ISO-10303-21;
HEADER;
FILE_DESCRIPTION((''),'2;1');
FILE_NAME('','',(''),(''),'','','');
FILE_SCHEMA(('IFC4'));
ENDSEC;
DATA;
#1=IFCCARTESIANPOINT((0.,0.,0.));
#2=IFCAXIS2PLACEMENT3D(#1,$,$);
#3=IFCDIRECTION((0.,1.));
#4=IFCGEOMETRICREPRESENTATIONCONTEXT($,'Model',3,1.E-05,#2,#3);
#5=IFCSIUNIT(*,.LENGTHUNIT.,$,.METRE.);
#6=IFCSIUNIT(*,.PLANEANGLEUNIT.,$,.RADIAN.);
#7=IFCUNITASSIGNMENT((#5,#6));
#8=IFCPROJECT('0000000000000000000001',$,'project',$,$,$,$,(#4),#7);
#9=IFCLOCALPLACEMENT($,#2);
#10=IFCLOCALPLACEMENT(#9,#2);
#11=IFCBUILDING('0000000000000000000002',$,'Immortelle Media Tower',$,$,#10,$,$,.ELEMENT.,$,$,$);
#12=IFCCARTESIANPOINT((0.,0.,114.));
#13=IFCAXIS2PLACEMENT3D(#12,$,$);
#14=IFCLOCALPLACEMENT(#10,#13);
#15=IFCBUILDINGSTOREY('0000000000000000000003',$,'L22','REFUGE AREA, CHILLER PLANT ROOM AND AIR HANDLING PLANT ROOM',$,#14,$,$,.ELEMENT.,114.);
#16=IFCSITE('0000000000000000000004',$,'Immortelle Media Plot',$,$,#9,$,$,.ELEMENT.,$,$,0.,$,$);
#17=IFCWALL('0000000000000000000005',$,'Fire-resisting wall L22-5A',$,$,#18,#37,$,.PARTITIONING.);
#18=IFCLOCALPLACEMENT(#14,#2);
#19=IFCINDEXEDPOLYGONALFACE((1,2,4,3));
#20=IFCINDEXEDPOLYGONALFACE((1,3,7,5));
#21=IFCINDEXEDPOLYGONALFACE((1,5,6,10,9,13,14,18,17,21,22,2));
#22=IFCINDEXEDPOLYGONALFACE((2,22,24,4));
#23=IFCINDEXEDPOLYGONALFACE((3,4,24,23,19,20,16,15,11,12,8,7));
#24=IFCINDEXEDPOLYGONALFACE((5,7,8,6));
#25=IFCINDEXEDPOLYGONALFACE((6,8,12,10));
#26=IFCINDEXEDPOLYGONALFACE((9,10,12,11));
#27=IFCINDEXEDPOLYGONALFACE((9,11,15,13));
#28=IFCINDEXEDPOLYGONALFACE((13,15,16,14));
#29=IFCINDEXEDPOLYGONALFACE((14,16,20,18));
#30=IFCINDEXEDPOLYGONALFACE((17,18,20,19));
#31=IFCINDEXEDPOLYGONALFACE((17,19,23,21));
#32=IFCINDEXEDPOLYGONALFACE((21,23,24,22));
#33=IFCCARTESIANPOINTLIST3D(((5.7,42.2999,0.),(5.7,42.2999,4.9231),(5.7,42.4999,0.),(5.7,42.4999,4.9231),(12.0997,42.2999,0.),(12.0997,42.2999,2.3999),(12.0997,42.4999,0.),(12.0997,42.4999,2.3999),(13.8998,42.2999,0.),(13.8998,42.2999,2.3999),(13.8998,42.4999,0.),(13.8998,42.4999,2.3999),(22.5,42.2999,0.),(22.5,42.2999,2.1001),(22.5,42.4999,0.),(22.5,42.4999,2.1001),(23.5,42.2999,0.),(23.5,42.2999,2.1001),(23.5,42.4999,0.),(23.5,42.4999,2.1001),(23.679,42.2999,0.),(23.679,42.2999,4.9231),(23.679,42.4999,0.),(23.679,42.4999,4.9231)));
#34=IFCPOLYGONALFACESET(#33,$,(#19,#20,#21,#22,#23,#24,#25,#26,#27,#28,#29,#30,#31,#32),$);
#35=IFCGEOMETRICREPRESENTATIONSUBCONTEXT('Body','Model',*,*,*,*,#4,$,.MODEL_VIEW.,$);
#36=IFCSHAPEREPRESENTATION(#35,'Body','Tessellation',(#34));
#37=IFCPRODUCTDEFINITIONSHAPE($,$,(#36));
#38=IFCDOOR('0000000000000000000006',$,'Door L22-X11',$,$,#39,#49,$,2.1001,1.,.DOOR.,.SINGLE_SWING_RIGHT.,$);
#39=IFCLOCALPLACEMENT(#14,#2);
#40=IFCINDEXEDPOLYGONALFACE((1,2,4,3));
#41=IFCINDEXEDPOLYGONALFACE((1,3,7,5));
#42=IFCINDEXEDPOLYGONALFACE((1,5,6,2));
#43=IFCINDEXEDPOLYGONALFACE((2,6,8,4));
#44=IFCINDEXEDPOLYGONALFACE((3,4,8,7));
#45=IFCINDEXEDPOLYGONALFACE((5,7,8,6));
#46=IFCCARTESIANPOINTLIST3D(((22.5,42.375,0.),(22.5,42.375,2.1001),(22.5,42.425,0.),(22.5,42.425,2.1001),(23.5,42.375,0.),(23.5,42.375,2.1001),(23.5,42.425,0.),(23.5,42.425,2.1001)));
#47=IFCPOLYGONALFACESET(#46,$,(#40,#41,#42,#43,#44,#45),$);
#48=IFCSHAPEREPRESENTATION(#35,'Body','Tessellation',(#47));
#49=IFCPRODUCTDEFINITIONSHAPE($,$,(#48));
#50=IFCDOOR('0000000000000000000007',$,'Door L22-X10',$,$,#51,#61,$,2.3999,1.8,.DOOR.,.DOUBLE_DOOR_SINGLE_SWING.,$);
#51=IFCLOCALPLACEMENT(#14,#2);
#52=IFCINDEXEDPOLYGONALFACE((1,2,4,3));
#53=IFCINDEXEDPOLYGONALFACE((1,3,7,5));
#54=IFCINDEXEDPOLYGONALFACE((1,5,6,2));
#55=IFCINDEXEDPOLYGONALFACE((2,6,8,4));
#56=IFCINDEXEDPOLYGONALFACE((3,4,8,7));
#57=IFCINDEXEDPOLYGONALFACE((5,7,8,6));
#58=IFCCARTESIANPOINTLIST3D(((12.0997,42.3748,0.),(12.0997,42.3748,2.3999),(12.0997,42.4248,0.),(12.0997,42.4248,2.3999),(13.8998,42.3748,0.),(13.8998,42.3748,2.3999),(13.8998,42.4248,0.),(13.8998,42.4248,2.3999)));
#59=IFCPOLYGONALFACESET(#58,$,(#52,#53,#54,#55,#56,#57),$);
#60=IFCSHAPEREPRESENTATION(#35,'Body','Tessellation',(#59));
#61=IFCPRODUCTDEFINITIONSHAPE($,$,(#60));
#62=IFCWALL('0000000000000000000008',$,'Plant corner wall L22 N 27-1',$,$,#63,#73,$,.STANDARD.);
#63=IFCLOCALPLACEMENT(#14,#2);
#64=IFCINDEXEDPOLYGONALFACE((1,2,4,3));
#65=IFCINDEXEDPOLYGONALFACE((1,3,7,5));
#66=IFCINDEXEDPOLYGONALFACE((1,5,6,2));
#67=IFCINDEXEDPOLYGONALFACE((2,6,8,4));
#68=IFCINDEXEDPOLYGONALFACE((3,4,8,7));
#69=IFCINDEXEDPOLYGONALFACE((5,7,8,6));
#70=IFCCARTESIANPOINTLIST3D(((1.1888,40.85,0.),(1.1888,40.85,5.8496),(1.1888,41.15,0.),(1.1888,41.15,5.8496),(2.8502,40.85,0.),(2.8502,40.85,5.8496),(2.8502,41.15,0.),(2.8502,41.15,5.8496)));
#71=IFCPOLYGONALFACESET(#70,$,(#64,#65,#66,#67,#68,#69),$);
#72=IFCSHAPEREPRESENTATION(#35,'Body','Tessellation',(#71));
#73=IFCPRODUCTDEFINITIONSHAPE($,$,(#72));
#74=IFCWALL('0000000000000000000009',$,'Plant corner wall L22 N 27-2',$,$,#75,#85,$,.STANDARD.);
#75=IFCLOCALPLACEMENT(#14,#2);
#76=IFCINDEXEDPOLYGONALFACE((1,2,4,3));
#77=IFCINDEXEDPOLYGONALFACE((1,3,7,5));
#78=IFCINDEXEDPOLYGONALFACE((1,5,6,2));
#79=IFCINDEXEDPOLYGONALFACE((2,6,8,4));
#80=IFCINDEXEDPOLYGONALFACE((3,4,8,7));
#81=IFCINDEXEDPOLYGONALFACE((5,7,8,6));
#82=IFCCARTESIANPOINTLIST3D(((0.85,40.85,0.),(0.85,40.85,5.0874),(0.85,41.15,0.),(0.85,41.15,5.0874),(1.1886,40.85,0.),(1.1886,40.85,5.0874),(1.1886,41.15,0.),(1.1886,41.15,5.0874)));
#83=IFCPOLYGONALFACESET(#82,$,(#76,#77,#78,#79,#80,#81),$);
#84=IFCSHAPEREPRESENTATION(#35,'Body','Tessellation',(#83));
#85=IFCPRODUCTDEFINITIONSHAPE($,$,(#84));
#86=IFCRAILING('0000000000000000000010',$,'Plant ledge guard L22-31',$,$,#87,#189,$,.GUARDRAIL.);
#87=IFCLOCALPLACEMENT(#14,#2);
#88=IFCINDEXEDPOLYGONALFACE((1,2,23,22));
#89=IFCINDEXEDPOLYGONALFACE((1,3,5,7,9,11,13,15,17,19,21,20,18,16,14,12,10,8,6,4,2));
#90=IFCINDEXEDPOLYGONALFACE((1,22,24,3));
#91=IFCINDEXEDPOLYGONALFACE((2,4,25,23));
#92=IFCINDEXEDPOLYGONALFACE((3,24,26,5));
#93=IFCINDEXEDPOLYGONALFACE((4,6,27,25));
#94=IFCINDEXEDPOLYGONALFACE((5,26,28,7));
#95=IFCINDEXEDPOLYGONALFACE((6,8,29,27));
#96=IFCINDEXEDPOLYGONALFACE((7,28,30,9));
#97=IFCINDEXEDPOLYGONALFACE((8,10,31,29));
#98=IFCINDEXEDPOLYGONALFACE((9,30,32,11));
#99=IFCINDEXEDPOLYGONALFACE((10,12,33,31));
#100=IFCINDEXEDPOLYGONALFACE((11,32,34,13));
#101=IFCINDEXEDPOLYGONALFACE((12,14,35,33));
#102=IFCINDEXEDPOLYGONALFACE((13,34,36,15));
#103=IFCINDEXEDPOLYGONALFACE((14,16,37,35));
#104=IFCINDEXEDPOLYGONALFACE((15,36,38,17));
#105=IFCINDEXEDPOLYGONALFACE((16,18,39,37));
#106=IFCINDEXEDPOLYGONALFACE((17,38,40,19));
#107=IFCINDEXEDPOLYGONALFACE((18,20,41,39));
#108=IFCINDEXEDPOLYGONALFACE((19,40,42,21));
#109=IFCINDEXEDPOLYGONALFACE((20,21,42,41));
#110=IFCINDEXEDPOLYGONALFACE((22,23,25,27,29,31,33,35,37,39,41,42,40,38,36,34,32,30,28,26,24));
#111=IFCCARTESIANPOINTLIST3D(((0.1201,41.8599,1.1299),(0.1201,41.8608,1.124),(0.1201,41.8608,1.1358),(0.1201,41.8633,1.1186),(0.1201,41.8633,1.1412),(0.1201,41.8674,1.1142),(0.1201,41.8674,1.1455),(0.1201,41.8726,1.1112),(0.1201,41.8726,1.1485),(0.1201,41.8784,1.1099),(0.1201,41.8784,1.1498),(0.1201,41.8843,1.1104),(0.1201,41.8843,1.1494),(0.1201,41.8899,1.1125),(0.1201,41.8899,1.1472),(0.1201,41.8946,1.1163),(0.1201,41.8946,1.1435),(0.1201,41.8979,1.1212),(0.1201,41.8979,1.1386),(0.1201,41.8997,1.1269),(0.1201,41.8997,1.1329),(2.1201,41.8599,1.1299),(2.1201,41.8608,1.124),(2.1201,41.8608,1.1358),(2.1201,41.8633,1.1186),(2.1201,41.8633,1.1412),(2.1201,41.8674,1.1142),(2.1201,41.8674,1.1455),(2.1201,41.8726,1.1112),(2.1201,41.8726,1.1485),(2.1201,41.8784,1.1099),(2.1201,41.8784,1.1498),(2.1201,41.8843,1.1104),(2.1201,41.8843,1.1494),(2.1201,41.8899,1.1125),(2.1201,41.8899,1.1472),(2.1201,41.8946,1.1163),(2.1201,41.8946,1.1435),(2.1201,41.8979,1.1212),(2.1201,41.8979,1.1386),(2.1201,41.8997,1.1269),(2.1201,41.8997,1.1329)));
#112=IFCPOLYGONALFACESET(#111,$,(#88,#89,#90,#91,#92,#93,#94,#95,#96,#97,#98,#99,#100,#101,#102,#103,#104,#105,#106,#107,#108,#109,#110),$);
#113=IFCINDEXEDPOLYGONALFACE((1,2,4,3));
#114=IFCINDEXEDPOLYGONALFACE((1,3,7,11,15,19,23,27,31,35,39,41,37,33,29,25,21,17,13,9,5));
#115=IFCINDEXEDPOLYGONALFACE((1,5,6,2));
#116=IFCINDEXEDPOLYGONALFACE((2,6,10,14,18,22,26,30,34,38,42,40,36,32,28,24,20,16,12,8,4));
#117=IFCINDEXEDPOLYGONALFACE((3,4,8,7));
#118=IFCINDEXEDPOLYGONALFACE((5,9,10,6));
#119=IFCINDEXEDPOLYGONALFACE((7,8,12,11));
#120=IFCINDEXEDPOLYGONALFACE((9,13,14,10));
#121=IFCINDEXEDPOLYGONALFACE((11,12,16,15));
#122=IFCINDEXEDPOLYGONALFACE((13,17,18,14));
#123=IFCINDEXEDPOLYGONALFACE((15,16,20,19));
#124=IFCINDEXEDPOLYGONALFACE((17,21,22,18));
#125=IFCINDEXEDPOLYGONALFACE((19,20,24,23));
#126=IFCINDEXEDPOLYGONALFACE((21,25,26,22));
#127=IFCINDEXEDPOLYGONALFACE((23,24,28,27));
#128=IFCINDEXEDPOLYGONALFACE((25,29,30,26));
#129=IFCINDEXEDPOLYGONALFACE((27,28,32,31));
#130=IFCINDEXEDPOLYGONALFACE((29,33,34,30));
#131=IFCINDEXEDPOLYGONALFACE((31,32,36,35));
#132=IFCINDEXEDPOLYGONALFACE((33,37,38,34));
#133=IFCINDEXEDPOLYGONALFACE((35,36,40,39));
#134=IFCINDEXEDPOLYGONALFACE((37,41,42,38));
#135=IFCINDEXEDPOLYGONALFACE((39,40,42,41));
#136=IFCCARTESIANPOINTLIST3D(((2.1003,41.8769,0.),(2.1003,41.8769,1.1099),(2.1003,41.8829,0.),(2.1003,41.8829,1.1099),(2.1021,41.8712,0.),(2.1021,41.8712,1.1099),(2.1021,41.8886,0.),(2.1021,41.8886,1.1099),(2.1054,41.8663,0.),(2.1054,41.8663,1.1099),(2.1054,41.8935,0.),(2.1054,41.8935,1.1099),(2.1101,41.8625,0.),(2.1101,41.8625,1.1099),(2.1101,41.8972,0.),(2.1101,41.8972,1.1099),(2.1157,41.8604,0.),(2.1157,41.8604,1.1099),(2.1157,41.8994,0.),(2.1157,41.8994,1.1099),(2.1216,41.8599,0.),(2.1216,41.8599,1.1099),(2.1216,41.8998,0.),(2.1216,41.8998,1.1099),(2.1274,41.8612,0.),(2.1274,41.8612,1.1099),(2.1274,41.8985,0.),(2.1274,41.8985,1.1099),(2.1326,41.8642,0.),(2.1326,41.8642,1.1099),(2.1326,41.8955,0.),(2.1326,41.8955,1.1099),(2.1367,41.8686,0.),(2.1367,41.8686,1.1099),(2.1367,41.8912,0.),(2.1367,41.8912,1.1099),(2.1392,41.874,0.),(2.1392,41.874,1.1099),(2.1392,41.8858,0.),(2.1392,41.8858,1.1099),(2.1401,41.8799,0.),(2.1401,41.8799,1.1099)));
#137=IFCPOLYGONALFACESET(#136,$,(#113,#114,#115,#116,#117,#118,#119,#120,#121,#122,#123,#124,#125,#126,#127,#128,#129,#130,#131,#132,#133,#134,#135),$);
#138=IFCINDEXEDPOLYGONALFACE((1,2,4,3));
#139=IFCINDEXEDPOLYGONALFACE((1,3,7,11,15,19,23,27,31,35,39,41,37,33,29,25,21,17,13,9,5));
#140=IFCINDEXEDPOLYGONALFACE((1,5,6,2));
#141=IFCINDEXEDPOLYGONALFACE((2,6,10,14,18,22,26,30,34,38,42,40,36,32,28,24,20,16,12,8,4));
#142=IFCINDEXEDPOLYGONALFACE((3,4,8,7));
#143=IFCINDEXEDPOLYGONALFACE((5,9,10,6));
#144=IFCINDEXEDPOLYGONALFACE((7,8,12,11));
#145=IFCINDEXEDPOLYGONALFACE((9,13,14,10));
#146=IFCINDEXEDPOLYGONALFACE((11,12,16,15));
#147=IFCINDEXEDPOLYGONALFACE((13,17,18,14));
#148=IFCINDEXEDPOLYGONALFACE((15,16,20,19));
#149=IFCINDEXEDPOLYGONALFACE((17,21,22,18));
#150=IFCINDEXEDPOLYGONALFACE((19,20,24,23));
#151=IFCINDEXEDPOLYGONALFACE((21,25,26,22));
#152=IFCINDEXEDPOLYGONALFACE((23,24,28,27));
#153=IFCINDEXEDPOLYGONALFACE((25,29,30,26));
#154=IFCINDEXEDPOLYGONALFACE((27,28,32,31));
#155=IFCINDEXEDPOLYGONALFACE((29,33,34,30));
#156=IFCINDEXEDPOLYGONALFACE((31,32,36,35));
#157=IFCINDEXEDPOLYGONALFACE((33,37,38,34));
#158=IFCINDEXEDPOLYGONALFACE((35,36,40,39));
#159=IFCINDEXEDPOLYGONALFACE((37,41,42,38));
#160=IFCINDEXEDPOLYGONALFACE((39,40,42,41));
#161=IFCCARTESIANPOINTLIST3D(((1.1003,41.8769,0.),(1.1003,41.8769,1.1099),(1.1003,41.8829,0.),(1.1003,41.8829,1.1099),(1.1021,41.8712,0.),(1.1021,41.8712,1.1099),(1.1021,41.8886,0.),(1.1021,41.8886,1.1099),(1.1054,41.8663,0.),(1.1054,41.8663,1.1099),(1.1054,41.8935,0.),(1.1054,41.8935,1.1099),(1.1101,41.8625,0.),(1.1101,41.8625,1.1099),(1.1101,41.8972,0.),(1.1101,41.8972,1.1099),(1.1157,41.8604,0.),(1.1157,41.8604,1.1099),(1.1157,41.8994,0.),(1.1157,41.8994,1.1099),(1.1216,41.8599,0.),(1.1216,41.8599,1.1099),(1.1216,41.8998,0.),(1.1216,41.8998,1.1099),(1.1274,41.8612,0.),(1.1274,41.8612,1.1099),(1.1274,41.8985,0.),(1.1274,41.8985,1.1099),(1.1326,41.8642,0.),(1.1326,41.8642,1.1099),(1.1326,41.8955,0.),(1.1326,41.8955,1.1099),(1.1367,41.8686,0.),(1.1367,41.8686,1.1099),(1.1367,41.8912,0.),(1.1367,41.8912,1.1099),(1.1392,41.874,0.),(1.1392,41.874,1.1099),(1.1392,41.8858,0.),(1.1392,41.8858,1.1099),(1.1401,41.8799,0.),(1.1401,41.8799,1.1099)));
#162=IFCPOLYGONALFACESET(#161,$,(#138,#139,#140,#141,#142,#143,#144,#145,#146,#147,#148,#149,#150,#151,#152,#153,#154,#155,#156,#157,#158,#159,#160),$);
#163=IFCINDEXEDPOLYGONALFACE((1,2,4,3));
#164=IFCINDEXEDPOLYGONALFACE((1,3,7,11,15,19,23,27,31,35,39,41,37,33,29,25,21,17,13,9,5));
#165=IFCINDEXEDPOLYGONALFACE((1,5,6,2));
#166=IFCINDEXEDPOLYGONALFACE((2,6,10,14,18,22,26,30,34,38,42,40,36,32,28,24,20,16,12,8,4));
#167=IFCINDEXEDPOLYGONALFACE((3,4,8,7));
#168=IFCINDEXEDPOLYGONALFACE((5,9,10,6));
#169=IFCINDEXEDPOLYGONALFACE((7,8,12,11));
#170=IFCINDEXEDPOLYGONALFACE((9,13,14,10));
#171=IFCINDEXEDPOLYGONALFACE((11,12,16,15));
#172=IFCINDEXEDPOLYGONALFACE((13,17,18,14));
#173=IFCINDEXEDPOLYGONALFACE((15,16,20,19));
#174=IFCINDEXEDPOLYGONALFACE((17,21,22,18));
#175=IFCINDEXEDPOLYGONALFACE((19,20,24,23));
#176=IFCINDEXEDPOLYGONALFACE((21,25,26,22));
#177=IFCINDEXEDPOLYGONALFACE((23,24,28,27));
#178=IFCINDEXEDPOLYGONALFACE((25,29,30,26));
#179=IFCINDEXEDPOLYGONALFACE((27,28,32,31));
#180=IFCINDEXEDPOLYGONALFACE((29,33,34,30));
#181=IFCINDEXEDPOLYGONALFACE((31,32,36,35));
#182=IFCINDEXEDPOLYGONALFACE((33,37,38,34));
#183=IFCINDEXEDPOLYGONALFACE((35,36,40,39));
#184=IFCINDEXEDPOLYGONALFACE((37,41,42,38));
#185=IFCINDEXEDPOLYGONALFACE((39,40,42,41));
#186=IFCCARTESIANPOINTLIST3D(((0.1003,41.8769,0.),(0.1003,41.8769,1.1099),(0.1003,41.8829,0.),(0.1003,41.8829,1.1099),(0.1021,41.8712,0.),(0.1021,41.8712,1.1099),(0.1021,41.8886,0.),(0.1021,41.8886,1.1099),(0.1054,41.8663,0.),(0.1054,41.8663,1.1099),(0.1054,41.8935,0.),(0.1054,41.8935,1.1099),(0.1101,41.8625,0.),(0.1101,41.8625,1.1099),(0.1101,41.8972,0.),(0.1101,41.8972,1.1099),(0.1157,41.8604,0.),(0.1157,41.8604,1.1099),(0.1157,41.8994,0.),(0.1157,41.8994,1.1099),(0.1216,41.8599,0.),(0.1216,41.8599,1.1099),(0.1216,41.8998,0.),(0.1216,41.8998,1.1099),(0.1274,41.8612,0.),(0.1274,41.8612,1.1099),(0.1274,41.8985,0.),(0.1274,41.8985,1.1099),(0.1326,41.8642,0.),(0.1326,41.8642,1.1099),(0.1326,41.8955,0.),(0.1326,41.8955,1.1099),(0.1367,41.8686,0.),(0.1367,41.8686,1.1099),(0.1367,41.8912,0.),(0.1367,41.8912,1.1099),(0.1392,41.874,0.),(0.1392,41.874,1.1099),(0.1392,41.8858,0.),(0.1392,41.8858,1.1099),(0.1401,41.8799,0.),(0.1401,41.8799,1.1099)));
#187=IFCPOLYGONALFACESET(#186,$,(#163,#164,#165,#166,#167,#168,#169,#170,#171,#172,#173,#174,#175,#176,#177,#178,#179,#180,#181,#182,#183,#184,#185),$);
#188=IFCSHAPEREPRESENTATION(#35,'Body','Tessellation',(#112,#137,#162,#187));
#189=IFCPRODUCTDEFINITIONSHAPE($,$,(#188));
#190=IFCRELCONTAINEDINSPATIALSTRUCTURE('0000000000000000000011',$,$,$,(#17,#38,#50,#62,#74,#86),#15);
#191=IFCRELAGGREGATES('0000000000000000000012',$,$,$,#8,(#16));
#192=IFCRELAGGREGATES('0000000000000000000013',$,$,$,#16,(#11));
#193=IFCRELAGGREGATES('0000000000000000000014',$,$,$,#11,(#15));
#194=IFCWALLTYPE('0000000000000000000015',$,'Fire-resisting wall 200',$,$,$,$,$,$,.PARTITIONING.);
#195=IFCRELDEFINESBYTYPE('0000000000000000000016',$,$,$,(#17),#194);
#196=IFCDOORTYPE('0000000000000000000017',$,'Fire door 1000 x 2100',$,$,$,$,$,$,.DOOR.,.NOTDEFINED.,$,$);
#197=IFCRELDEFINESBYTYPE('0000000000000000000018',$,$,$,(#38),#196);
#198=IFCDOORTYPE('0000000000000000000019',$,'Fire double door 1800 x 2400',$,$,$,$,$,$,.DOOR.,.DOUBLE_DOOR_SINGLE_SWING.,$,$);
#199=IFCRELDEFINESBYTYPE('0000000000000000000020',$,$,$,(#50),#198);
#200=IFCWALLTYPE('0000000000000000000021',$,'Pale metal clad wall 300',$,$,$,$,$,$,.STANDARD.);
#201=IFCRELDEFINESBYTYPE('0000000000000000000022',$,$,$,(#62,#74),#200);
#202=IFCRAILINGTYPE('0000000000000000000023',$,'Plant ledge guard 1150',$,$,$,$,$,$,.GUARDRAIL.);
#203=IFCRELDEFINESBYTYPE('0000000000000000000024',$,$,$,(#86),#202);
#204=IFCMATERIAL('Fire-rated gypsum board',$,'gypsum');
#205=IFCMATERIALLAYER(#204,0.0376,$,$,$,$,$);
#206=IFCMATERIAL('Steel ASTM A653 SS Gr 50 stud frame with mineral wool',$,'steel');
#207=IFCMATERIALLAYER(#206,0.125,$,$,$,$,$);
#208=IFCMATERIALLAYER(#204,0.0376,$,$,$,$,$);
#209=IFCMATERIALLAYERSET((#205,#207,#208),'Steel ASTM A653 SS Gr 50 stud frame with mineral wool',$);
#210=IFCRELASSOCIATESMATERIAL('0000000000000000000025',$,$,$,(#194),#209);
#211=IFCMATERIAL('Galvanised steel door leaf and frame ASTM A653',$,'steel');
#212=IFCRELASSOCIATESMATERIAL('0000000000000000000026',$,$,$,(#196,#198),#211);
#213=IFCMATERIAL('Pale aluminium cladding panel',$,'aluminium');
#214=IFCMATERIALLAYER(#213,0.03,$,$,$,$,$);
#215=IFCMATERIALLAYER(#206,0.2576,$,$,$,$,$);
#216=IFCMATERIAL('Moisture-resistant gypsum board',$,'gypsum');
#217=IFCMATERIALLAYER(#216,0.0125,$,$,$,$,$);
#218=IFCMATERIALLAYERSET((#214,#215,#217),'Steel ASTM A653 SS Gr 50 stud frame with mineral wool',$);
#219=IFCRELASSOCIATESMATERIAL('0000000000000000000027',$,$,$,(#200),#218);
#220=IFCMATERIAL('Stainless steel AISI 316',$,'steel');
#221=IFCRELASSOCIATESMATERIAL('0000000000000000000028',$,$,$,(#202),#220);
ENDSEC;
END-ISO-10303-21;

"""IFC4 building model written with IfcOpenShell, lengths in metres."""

from ifc_helpers import new_model, si_unit, direction, frame, frame_2d, origin, origin_2d, place, context, subcontext, project, spatial, rectangle, circle, extrude, material, layer, layer_set, type_object, element, fill, save


model = new_model("IFC4")

# Units and contexts
model_context = context("Model", 3, precision=1e-05, world=origin(), true_north=direction((0.0, 1.0)))
body_context = subcontext(model_context, "Body", "Model", "MODEL_VIEW")
ifc_project = project(units=[si_unit("LENGTHUNIT", "METRE"), si_unit("PLANEANGLEUNIT", "RADIAN")], contexts=[model_context])

# Site, building, storey
site_placement = place(None, origin())
site = spatial("IfcSite", under=ifc_project, at=site_placement, Name="Immortelle Media Plot", CompositionType="ELEMENT", RefElevation=0.0)
building_placement = place(site_placement, origin())
building = spatial("IfcBuilding", under=site, at=building_placement, Name="Immortelle Media Tower", CompositionType="ELEMENT")
storey_placement = place(building_placement, frame((0.0, 0.0, 114.0)))
storey = spatial("IfcBuildingStorey", under=building, at=storey_placement, Name="L22", Description="REFUGE AREA, CHILLER PLANT ROOM AND AIR HANDLING PLANT ROOM", CompositionType="ELEMENT", Elevation=114.0)

# Wall, openings, doors
ifc_material_1 = material(Name="Fire-rated gypsum board", Category="gypsum")
ifc_layer_1 = layer(ifc_material_1, 0.0376)
ifc_material_2 = material(Name="Steel ASTM A653 SS Gr 50 stud frame with mineral wool", Category="steel")
ifc_layer_2 = layer(ifc_material_2, 0.125)
ifc_layer_3 = layer(ifc_material_1, 0.0376)
ifc_layer_set_1 = layer_set([ifc_layer_1, ifc_layer_2, ifc_layer_3], Name="Steel ASTM A653 SS Gr 50 stud frame with mineral wool")
wall_type_1 = type_object("IfcWallType", Name="Fire-resisting wall 200", PredefinedType="PARTITIONING", material=ifc_layer_set_1)
wall_1_placement = place(storey_placement, frame((5.7, 42.3999, 0.0), z_axis=(0.0, 0.0, 1.0), x_axis=(1.0, 0.0, 0.0)))
wall_1 = element("IfcWall", 1, at=wall_1_placement, inside=storey, type_object=wall_type_1, Name="Fire-resisting wall L22-5A", PredefinedType="PARTITIONING", context=body_context, shape_type="SweptSolid", body=[
    extrude(rectangle(XDim=17.979, YDim=0.2, at=frame_2d((8.9895, 0.0))), origin(), (0.0, 0.0, 1.0), 4.9231),
])
opening_1_placement = place(wall_1_placement, frame((6.3999, 0.0, 0.0)))
opening_1 = element("IfcOpeningElement", 2, at=opening_1_placement, cuts=wall_1, PredefinedType="OPENING", context=body_context, shape_type="SweptSolid", body=[
    extrude(rectangle(XDim=1.8, YDim=2.3999, at=frame_2d((0.8999, 1.2))), frame((0.0, 0.1099, 0.0), z_axis=(0.0, -1.0, 0.0), x_axis=(1.0, 0.0, 0.0)), (0.0, 0.0, 1.0), 0.22),
])
opening_2_placement = place(wall_1_placement, frame((17.8, 0.0, 0.0), z_axis=(0.0, 0.0, 1.0), x_axis=(-1.0, 0.0, 0.0)))
opening_2 = element("IfcOpeningElement", 3, at=opening_2_placement, cuts=wall_1, PredefinedType="OPENING", context=body_context, shape_type="SweptSolid", body=[
    extrude(rectangle(XDim=1.0, YDim=2.1001, at=frame_2d((0.5, 1.05))), frame((0.0, 0.1099, 0.0), z_axis=(0.0, -1.0, 0.0), x_axis=(1.0, 0.0, 0.0)), (0.0, 0.0, 1.0), 0.22),
])
ifc_material_3 = material(Name="Galvanised steel door leaf and frame ASTM A653", Category="steel")
door_type_1 = type_object("IfcDoorType", Name="Fire door 1000 x 2100", OperationType="NOTDEFINED", PredefinedType="DOOR", material=ifc_material_3)
door_1_placement = place(opening_2_placement, origin())
door_1 = element("IfcDoor", 4, at=door_1_placement, inside=storey, type_object=door_type_1, Name="Door L22-X11", OperationType="SINGLE_SWING_RIGHT", OverallHeight=2.1001, OverallWidth=1.0, PredefinedType="DOOR", context=body_context, shape_type="SweptSolid", body=[
    extrude(rectangle(XDim=1.0, YDim=2.1001, at=frame_2d((0.5, 1.05))), frame((0.0, 0.0249, 0.0), z_axis=(0.0, -1.0, 0.0), x_axis=(1.0, 0.0, 0.0)), (0.0, 0.0, 1.0), 0.05),
])
fill(opening_2, door_1)
door_type_2 = type_object("IfcDoorType", Name="Fire double door 1800 x 2400", OperationType="DOUBLE_DOOR_SINGLE_SWING", PredefinedType="DOOR", material=ifc_material_3)
door_2_placement = place(opening_1_placement, origin())
door_2 = element("IfcDoor", 5, at=door_2_placement, inside=storey, type_object=door_type_2, Name="Door L22-X10", OperationType="DOUBLE_DOOR_SINGLE_SWING", OverallHeight=2.3999, OverallWidth=1.8, PredefinedType="DOOR", context=body_context, shape_type="SweptSolid", body=[
    extrude(rectangle(XDim=1.8, YDim=2.3999, at=frame_2d((0.8999, 1.2))), frame((0.0, 0.0249, 0.0), z_axis=(0.0, -1.0, 0.0), x_axis=(1.0, 0.0, 0.0)), (0.0, 0.0, 1.0), 0.05),
])
fill(opening_1, door_2)

# Walls
ifc_material_4 = material(Name="Pale aluminium cladding panel", Category="aluminium")
ifc_layer_4 = layer(ifc_material_4, 0.03)
ifc_layer_5 = layer(ifc_material_2, 0.2576)
ifc_material_5 = material(Name="Moisture-resistant gypsum board", Category="gypsum")
ifc_layer_6 = layer(ifc_material_5, 0.0125)
ifc_layer_set_2 = layer_set([ifc_layer_4, ifc_layer_5, ifc_layer_6], Name="Steel ASTM A653 SS Gr 50 stud frame with mineral wool")
wall_type_2 = type_object("IfcWallType", Name="Pale metal clad wall 300", PredefinedType="STANDARD", material=ifc_layer_set_2)
wall_2_placement = place(storey_placement, frame((2.8501, 41.0, 0.0), z_axis=(0.0, 0.0, 1.0), x_axis=(-1.0, 0.0, 0.0)))
element("IfcWall", 6, at=wall_2_placement, inside=storey, type_object=wall_type_2, Name="Plant corner wall L22 N 27-1", PredefinedType="STANDARD", context=body_context, shape_type="SweptSolid", body=[
    extrude(rectangle(XDim=1.6614, YDim=0.3, at=frame_2d((0.8306, 0.0))), origin(), (0.0, 0.0, 1.0), 5.8496),
])
wall_3_placement = place(storey_placement, frame((1.1887, 41.0, 0.0), z_axis=(0.0, 0.0, 1.0), x_axis=(-1.0, 0.0, 0.0)))
element("IfcWall", 7, at=wall_3_placement, inside=storey, type_object=wall_type_2, Name="Plant corner wall L22 N 27-2", PredefinedType="STANDARD", context=body_context, shape_type="SweptSolid", body=[
    extrude(rectangle(XDim=0.3386, YDim=0.3, at=frame_2d((0.1694, 0.0))), origin(), (0.0, 0.0, 1.0), 5.0874),
])

# Railing
ifc_material_6 = material(Name="Stainless steel AISI 316", Category="steel")
railing_type = type_object("IfcRailingType", Name="Plant ledge guard 1150", PredefinedType="GUARDRAIL", material=ifc_material_6)
railing_1_placement = place(storey_placement, frame((2.1201, 41.8799, 0.0)))
element("IfcRailing", 8, at=railing_1_placement, inside=storey, type_object=railing_type, Name="Plant ledge guard L22-31", PredefinedType="GUARDRAIL", context=body_context, shape_type="SweptSolid", body=[
    extrude(circle(Radius=0.02, at=origin_2d()), frame((0.0, 0.0, 1.1299), z_axis=(-1.0, 0.0, 0.0), x_axis=(0.0, -1.0, 0.0)), (0.0, 0.0, 1.0), 2.0),
    extrude(circle(Radius=0.02, at=origin_2d()), origin(), (0.0, 0.0, 1.0), 1.1099),
    extrude(circle(Radius=0.02, at=origin_2d()), frame((-1.0, 0.0, 0.0)), (0.0, 0.0, 1.0), 1.1099),
    extrude(circle(Radius=0.02, at=origin_2d()), frame((-2.0, 0.0, 0.0)), (0.0, 0.0, 1.0), 1.1099),
])

save(model, "model.ifc")
